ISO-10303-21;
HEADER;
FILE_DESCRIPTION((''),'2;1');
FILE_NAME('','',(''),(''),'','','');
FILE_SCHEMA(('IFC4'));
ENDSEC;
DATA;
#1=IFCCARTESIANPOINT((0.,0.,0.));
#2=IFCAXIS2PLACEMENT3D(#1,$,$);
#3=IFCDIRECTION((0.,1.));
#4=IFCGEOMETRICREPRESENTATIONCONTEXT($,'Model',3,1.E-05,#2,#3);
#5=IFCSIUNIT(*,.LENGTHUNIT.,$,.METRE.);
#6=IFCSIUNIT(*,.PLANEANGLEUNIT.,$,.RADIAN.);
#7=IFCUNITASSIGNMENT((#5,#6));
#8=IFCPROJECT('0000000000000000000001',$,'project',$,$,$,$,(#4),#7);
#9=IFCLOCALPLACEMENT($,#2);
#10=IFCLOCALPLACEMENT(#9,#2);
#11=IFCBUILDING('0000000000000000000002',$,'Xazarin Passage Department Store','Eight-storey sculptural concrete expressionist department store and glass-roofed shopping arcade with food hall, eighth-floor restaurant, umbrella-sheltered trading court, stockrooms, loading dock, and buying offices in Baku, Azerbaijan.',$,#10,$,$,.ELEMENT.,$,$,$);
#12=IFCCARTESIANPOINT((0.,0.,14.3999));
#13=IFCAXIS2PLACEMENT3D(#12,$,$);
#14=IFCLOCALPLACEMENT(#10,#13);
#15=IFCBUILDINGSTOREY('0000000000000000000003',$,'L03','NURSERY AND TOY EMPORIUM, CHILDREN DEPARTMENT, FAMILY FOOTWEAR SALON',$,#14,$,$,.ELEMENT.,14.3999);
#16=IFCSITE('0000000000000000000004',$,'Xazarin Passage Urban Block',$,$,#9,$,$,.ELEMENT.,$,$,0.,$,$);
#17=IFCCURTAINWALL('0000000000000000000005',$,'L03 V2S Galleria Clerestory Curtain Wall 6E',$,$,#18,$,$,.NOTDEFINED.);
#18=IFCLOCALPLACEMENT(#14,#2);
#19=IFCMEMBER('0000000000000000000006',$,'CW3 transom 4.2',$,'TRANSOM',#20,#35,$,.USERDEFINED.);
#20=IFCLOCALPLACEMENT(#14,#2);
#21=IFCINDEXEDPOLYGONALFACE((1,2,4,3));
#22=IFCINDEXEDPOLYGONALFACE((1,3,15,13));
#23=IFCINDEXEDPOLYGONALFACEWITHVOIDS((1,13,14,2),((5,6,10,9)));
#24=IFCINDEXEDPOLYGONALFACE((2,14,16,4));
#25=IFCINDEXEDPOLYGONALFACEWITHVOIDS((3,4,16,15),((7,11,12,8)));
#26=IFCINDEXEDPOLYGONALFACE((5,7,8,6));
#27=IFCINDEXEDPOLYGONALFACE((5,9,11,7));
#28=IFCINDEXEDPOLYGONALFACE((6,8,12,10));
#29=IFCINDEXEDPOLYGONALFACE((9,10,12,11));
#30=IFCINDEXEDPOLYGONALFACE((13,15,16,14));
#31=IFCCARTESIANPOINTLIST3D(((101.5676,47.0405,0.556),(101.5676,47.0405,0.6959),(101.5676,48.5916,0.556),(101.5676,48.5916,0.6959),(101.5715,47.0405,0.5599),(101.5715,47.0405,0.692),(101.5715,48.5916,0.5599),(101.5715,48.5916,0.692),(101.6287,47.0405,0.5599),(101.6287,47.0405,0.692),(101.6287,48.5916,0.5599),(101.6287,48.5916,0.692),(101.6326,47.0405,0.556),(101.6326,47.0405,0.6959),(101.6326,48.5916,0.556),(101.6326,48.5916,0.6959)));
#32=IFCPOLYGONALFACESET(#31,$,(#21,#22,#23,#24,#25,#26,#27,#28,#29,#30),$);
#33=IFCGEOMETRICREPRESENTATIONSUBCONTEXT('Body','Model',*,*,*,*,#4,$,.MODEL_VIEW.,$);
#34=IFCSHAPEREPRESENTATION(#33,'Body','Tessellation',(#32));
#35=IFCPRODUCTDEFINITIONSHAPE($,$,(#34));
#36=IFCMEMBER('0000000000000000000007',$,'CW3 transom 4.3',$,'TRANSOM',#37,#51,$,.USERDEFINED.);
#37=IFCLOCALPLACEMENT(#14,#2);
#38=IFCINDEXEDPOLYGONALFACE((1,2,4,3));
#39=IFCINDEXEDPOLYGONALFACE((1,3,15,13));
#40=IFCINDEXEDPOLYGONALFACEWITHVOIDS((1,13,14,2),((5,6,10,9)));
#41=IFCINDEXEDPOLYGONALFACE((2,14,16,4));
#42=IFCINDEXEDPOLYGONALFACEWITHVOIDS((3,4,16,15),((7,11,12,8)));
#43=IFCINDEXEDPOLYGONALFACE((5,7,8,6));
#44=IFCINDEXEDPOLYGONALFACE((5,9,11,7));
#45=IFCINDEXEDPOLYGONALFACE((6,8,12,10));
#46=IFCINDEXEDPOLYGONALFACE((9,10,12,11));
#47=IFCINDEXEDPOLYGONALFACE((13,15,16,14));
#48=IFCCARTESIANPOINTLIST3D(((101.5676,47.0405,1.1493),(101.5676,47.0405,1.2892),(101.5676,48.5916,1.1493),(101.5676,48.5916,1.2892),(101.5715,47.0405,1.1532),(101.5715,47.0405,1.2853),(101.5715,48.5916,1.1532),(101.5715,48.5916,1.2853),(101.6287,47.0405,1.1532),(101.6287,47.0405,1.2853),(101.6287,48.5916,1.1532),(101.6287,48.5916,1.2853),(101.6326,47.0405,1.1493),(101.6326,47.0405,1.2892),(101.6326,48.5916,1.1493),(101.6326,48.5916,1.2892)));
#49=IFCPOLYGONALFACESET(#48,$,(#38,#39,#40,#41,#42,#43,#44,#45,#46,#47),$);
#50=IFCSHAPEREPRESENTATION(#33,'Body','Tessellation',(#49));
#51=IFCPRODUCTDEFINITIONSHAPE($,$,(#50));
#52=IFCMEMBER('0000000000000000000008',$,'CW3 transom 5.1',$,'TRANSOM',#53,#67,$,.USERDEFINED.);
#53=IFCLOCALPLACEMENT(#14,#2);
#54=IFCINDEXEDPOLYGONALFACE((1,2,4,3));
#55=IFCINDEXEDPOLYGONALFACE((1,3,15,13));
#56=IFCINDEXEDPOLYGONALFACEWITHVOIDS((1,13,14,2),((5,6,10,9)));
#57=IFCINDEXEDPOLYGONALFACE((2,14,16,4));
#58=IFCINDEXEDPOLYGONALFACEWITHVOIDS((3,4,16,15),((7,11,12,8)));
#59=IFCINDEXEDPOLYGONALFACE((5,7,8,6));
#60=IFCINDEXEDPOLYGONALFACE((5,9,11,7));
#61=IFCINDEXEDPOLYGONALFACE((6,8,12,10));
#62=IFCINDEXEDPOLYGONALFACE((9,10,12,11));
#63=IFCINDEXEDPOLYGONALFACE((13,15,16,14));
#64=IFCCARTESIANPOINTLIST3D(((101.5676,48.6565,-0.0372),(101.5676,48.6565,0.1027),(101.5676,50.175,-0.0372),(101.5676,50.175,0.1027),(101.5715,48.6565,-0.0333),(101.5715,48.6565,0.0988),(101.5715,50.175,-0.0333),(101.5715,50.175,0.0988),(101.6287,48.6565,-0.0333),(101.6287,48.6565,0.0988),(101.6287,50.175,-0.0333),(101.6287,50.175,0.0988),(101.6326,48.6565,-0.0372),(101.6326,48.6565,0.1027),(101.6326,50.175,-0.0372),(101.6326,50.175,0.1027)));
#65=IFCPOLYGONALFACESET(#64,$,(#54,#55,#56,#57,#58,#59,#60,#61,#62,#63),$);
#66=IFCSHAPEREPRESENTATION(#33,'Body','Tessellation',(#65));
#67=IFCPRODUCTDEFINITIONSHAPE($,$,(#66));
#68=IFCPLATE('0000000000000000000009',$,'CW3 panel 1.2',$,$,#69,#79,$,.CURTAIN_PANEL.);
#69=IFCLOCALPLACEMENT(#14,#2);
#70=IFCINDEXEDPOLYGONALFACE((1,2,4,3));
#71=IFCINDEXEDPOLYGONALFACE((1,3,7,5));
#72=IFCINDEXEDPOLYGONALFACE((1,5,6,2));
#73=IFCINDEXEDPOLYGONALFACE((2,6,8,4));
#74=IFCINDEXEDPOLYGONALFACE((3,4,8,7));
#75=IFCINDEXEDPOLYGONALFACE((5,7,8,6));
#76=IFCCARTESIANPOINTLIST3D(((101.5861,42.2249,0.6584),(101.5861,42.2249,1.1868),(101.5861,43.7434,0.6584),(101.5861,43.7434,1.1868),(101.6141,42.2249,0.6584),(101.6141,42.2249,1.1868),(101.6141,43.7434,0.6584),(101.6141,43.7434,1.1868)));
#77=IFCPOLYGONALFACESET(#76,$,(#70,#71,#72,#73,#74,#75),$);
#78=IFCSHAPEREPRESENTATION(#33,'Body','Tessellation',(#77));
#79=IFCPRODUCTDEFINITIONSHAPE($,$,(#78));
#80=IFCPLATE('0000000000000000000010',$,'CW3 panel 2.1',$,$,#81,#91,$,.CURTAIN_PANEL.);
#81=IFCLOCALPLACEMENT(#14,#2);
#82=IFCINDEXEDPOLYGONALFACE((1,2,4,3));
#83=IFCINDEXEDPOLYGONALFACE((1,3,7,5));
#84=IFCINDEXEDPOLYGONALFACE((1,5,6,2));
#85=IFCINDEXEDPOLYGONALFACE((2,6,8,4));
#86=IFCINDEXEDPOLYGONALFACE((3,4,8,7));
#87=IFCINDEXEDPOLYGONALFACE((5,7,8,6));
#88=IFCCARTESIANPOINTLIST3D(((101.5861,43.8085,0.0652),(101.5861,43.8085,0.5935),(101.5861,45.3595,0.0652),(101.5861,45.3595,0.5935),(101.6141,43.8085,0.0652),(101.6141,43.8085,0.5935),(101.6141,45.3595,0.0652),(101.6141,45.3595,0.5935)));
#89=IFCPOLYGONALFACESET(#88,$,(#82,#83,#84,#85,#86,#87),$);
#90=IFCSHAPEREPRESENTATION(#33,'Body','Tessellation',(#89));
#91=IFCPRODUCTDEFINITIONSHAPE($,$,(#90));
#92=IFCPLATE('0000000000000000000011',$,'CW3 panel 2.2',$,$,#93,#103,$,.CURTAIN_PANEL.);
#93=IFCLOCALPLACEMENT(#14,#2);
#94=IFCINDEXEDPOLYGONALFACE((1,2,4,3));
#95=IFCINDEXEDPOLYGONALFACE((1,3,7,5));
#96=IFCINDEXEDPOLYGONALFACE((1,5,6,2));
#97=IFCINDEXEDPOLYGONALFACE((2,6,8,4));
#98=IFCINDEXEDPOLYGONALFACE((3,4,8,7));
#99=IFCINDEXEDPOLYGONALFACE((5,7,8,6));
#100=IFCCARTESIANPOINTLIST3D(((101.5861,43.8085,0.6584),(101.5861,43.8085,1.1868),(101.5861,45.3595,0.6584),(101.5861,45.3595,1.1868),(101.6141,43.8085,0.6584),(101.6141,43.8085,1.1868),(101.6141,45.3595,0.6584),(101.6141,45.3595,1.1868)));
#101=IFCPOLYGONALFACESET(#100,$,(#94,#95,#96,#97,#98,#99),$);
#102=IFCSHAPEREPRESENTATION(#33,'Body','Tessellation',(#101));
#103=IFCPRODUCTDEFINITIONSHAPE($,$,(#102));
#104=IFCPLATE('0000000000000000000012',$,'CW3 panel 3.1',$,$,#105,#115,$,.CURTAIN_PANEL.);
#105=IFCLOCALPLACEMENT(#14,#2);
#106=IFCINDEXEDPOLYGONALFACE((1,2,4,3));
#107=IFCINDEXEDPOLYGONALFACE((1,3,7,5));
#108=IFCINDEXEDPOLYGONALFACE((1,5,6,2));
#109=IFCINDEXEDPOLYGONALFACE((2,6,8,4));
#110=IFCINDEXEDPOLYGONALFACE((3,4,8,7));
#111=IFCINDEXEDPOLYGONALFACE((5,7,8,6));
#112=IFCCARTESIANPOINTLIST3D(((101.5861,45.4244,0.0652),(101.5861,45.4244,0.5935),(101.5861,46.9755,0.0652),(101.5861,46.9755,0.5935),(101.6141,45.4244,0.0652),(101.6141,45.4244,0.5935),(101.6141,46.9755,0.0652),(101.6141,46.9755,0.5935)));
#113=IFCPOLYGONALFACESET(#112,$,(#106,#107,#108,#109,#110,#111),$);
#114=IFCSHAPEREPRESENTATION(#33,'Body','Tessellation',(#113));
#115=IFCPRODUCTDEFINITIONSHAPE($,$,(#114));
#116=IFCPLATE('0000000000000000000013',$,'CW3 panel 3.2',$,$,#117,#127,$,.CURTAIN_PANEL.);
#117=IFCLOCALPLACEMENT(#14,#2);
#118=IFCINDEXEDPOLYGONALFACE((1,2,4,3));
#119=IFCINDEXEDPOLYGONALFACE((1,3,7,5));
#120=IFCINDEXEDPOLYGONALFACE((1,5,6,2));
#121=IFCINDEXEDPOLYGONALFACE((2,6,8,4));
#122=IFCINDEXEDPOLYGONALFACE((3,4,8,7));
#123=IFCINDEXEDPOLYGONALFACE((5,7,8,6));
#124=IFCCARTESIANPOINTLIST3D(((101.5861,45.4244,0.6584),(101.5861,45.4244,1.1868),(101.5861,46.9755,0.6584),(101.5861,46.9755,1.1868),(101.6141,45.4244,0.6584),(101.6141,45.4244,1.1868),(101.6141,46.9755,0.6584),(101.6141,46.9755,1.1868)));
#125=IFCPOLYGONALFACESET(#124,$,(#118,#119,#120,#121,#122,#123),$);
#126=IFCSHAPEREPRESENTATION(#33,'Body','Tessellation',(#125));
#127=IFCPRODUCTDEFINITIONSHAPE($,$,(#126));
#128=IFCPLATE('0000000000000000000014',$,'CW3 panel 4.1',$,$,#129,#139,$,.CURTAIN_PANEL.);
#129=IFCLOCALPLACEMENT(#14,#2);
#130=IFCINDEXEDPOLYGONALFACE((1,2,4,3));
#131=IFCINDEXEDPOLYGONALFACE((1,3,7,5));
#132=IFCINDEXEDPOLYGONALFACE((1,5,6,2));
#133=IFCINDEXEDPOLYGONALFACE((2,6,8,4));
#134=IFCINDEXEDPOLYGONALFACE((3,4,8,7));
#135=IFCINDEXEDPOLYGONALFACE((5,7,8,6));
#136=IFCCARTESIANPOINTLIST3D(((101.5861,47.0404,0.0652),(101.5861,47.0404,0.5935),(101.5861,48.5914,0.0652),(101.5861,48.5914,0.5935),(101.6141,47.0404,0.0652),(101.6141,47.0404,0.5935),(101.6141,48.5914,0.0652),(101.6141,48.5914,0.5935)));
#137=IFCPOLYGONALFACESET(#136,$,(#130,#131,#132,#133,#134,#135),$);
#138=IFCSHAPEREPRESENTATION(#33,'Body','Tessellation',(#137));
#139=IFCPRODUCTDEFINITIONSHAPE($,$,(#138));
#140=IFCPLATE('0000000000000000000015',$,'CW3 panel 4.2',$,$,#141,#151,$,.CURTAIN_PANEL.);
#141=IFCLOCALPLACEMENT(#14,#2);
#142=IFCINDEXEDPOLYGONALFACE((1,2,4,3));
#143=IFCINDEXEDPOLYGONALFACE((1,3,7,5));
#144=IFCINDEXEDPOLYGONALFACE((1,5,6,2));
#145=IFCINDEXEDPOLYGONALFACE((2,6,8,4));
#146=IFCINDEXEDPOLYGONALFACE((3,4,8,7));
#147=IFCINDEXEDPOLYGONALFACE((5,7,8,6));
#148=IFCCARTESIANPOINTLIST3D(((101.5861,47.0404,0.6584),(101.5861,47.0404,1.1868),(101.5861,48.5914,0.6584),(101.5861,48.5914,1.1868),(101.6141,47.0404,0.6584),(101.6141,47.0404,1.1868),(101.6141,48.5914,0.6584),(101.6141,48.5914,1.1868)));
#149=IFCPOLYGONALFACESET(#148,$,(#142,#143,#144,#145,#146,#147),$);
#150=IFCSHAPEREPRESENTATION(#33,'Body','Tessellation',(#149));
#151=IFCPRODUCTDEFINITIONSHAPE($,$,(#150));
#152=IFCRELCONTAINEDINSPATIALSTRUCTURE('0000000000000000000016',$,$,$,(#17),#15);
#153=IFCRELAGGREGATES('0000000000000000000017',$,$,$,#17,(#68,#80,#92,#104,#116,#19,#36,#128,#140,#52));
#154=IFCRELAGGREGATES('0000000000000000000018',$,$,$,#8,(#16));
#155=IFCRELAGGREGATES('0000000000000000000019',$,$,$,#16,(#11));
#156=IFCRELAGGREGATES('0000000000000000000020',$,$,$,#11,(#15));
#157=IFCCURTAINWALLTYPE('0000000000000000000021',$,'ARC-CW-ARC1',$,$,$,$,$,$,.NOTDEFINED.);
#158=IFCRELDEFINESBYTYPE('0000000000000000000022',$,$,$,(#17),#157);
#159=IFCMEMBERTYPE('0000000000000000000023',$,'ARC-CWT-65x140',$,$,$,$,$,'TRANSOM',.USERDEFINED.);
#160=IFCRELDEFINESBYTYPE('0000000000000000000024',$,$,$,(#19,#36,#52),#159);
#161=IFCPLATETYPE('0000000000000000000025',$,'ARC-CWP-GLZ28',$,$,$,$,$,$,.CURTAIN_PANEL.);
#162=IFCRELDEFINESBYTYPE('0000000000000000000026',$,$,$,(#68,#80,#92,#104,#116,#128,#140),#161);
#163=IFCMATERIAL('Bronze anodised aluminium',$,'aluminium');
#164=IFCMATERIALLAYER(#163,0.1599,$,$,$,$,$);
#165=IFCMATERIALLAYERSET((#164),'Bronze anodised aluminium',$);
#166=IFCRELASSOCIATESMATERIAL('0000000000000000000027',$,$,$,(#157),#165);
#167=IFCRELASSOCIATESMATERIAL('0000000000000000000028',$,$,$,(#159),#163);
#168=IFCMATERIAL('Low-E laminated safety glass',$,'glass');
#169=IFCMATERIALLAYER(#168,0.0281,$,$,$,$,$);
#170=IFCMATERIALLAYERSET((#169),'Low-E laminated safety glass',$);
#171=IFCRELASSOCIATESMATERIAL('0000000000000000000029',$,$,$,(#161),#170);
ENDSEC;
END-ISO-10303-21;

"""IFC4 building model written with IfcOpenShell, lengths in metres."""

from ifc_helpers import new_model, si_unit, direction, frame, origin, origin_2d, place, context, subcontext, project, spatial, rectangle, hollow_rectangle, extrude, material, layer, layer_set, material_profile, profile_set, type_object, element, aggregate, save


model = new_model("IFC4")

# Units and contexts
model_context = context("Model", 3, precision=1e-05, world=origin(), true_north=direction((0.0, 1.0)))
body_context = subcontext(model_context, "Body", "Model", "MODEL_VIEW")
ifc_project = project(units=[si_unit("LENGTHUNIT", "METRE"), si_unit("PLANEANGLEUNIT", "RADIAN")], contexts=[model_context])

# Site, building, storey
site_placement = place(None, origin())
site = spatial("IfcSite", under=ifc_project, at=site_placement, Name="Xazarin Passage Urban Block", CompositionType="ELEMENT", RefElevation=0.0)
building_placement = place(site_placement, origin())
building = spatial("IfcBuilding", under=site, at=building_placement, Name="Xazarin Passage Department Store", Description="Eight-storey sculptural concrete expressionist department store and glass-roofed shopping arcade with food hall, eighth-floor restaurant, umbrella-sheltered trading court, stockrooms, loading dock, and buying offices in Baku, Azerbaijan.", CompositionType="ELEMENT")
storey_placement = place(building_placement, frame((0.0, 0.0, 14.3999)))
storey = spatial("IfcBuildingStorey", under=building, at=storey_placement, Name="L03", Description="NURSERY AND TOY EMPORIUM, CHILDREN DEPARTMENT, FAMILY FOOTWEAR SALON", CompositionType="ELEMENT", Elevation=14.3999)

# Curtain wall, members, plates
ifc_material_1 = material(Name="Bronze anodised aluminium", Category="aluminium")
ifc_layer_1 = layer(ifc_material_1, 0.1599)
ifc_layer_set_1 = layer_set([ifc_layer_1], Name="Bronze anodised aluminium")
curtain_wall_type = type_object("IfcCurtainWallType", Name="ARC-CW-ARC1", PredefinedType="NOTDEFINED", material=ifc_layer_set_1)
curtain_wall_placement = place(storey_placement, origin())
curtain_wall = element("IfcCurtainWall", 1, at=curtain_wall_placement, inside=storey, type_object=curtain_wall_type, Name="L03 V2S Galleria Clerestory Curtain Wall 6E", PredefinedType="NOTDEFINED")
ifc_material_profile_1 = material_profile(ifc_material_1, hollow_rectangle(XDim=0.0649, YDim=0.1399, WallThickness=0.0039, at=origin_2d()), Name="ALU 65x140")
ifc_profile_set_1 = profile_set([ifc_material_profile_1], Name="Bronze anodised aluminium")
member_type_1 = type_object("IfcMemberType", Name="ARC-CWT-65x140", ElementType="TRANSOM", PredefinedType="USERDEFINED", material=ifc_profile_set_1)
member_1_placement = place(storey_placement, frame((101.6001, 47.0405, 0.626), z_axis=(0.0, 1.0, 0.0), x_axis=(-1.0, 0.0, 0.0)))
member_1 = element("IfcMember", 2, at=member_1_placement, type_object=member_type_1, Name="CW3 transom 4.2", ObjectType="TRANSOM", PredefinedType="USERDEFINED", context=body_context, shape_type="SweptSolid", body=[
    extrude(hollow_rectangle(XDim=0.0649, YDim=0.1399, WallThickness=0.0039, at=origin_2d()), origin(), (0.0, 0.0, 1.0), 1.551),
])
member_2_placement = place(storey_placement, frame((101.6001, 47.0405, 1.2192), z_axis=(0.0, 1.0, 0.0), x_axis=(-1.0, 0.0, 0.0)))
member_2 = element("IfcMember", 3, at=member_2_placement, type_object=member_type_1, Name="CW3 transom 4.3", ObjectType="TRANSOM", PredefinedType="USERDEFINED", context=body_context, shape_type="SweptSolid", body=[
    extrude(hollow_rectangle(XDim=0.0649, YDim=0.1399, WallThickness=0.0039, at=origin_2d()), origin(), (0.0, 0.0, 1.0), 1.551),
])
member_3_placement = place(storey_placement, frame((101.6001, 48.6565, 0.0327), z_axis=(0.0, 1.0, 0.0), x_axis=(-1.0, 0.0, 0.0)))
member_3 = element("IfcMember", 4, at=member_3_placement, type_object=member_type_1, Name="CW3 transom 5.1", ObjectType="TRANSOM", PredefinedType="USERDEFINED", context=body_context, shape_type="SweptSolid", body=[
    extrude(hollow_rectangle(XDim=0.0649, YDim=0.1399, WallThickness=0.0039, at=origin_2d()), origin(), (0.0, 0.0, 1.0), 1.5186),
])
ifc_material_2 = material(Name="Low-E laminated safety glass", Category="glass")
ifc_layer_2 = layer(ifc_material_2, 0.0281)
ifc_layer_set_2 = layer_set([ifc_layer_2], Name="Low-E laminated safety glass")
plate_type = type_object("IfcPlateType", Name="ARC-CWP-GLZ28", PredefinedType="CURTAIN_PANEL", material=ifc_layer_set_2)
plate_1_placement = place(storey_placement, frame((101.6001, 42.9841, 0.6584), z_axis=(0.0, 0.0, 1.0), x_axis=(0.0, 1.0, 0.0)))
plate_1 = element("IfcPlate", 5, at=plate_1_placement, type_object=plate_type, Name="CW3 panel 1.2", PredefinedType="CURTAIN_PANEL", context=body_context, shape_type="SweptSolid", body=[
    extrude(rectangle(XDim=1.5186, YDim=0.0281, at=origin_2d()), origin(), (0.0, 0.0, 1.0), 0.5283),
])
plate_2_placement = place(storey_placement, frame((101.6001, 44.584, 0.0652), z_axis=(0.0, 0.0, 1.0), x_axis=(0.0, 1.0, 0.0)))
plate_2 = element("IfcPlate", 6, at=plate_2_placement, type_object=plate_type, Name="CW3 panel 2.1", PredefinedType="CURTAIN_PANEL", context=body_context, shape_type="SweptSolid", body=[
    extrude(rectangle(XDim=1.551, YDim=0.0281, at=origin_2d()), origin(), (0.0, 0.0, 1.0), 0.5283),
])
plate_3_placement = place(storey_placement, frame((101.6001, 44.584, 0.6584), z_axis=(0.0, 0.0, 1.0), x_axis=(0.0, 1.0, 0.0)))
plate_3 = element("IfcPlate", 7, at=plate_3_placement, type_object=plate_type, Name="CW3 panel 2.2", PredefinedType="CURTAIN_PANEL", context=body_context, shape_type="SweptSolid", body=[
    extrude(rectangle(XDim=1.551, YDim=0.0281, at=origin_2d()), origin(), (0.0, 0.0, 1.0), 0.5283),
])
plate_4_placement = place(storey_placement, frame((101.6001, 46.2, 0.0652), z_axis=(0.0, 0.0, 1.0), x_axis=(0.0, 1.0, 0.0)))
plate_4 = element("IfcPlate", 8, at=plate_4_placement, type_object=plate_type, Name="CW3 panel 3.1", PredefinedType="CURTAIN_PANEL", context=body_context, shape_type="SweptSolid", body=[
    extrude(rectangle(XDim=1.551, YDim=0.0281, at=origin_2d()), origin(), (0.0, 0.0, 1.0), 0.5283),
])
plate_5_placement = place(storey_placement, frame((101.6001, 46.2, 0.6584), z_axis=(0.0, 0.0, 1.0), x_axis=(0.0, 1.0, 0.0)))
plate_5 = element("IfcPlate", 9, at=plate_5_placement, type_object=plate_type, Name="CW3 panel 3.2", PredefinedType="CURTAIN_PANEL", context=body_context, shape_type="SweptSolid", body=[
    extrude(rectangle(XDim=1.551, YDim=0.0281, at=origin_2d()), origin(), (0.0, 0.0, 1.0), 0.5283),
])
plate_6_placement = place(storey_placement, frame((101.6001, 47.8159, 0.0652), z_axis=(0.0, 0.0, 1.0), x_axis=(0.0, 1.0, 0.0)))
plate_6 = element("IfcPlate", 10, at=plate_6_placement, type_object=plate_type, Name="CW3 panel 4.1", PredefinedType="CURTAIN_PANEL", context=body_context, shape_type="SweptSolid", body=[
    extrude(rectangle(XDim=1.551, YDim=0.0281, at=origin_2d()), origin(), (0.0, 0.0, 1.0), 0.5283),
])
plate_7_placement = place(storey_placement, frame((101.6001, 47.8159, 0.6584), z_axis=(0.0, 0.0, 1.0), x_axis=(0.0, 1.0, 0.0)))
plate_7 = element("IfcPlate", 11, at=plate_7_placement, type_object=plate_type, Name="CW3 panel 4.2", PredefinedType="CURTAIN_PANEL", context=body_context, shape_type="SweptSolid", body=[
    extrude(rectangle(XDim=1.551, YDim=0.0281, at=origin_2d()), origin(), (0.0, 0.0, 1.0), 0.5283),
])
aggregate(curtain_wall, [plate_1, plate_2, plate_3, plate_4, plate_5, member_1, member_2, plate_6, plate_7, member_3])

save(model, "model.ifc")
